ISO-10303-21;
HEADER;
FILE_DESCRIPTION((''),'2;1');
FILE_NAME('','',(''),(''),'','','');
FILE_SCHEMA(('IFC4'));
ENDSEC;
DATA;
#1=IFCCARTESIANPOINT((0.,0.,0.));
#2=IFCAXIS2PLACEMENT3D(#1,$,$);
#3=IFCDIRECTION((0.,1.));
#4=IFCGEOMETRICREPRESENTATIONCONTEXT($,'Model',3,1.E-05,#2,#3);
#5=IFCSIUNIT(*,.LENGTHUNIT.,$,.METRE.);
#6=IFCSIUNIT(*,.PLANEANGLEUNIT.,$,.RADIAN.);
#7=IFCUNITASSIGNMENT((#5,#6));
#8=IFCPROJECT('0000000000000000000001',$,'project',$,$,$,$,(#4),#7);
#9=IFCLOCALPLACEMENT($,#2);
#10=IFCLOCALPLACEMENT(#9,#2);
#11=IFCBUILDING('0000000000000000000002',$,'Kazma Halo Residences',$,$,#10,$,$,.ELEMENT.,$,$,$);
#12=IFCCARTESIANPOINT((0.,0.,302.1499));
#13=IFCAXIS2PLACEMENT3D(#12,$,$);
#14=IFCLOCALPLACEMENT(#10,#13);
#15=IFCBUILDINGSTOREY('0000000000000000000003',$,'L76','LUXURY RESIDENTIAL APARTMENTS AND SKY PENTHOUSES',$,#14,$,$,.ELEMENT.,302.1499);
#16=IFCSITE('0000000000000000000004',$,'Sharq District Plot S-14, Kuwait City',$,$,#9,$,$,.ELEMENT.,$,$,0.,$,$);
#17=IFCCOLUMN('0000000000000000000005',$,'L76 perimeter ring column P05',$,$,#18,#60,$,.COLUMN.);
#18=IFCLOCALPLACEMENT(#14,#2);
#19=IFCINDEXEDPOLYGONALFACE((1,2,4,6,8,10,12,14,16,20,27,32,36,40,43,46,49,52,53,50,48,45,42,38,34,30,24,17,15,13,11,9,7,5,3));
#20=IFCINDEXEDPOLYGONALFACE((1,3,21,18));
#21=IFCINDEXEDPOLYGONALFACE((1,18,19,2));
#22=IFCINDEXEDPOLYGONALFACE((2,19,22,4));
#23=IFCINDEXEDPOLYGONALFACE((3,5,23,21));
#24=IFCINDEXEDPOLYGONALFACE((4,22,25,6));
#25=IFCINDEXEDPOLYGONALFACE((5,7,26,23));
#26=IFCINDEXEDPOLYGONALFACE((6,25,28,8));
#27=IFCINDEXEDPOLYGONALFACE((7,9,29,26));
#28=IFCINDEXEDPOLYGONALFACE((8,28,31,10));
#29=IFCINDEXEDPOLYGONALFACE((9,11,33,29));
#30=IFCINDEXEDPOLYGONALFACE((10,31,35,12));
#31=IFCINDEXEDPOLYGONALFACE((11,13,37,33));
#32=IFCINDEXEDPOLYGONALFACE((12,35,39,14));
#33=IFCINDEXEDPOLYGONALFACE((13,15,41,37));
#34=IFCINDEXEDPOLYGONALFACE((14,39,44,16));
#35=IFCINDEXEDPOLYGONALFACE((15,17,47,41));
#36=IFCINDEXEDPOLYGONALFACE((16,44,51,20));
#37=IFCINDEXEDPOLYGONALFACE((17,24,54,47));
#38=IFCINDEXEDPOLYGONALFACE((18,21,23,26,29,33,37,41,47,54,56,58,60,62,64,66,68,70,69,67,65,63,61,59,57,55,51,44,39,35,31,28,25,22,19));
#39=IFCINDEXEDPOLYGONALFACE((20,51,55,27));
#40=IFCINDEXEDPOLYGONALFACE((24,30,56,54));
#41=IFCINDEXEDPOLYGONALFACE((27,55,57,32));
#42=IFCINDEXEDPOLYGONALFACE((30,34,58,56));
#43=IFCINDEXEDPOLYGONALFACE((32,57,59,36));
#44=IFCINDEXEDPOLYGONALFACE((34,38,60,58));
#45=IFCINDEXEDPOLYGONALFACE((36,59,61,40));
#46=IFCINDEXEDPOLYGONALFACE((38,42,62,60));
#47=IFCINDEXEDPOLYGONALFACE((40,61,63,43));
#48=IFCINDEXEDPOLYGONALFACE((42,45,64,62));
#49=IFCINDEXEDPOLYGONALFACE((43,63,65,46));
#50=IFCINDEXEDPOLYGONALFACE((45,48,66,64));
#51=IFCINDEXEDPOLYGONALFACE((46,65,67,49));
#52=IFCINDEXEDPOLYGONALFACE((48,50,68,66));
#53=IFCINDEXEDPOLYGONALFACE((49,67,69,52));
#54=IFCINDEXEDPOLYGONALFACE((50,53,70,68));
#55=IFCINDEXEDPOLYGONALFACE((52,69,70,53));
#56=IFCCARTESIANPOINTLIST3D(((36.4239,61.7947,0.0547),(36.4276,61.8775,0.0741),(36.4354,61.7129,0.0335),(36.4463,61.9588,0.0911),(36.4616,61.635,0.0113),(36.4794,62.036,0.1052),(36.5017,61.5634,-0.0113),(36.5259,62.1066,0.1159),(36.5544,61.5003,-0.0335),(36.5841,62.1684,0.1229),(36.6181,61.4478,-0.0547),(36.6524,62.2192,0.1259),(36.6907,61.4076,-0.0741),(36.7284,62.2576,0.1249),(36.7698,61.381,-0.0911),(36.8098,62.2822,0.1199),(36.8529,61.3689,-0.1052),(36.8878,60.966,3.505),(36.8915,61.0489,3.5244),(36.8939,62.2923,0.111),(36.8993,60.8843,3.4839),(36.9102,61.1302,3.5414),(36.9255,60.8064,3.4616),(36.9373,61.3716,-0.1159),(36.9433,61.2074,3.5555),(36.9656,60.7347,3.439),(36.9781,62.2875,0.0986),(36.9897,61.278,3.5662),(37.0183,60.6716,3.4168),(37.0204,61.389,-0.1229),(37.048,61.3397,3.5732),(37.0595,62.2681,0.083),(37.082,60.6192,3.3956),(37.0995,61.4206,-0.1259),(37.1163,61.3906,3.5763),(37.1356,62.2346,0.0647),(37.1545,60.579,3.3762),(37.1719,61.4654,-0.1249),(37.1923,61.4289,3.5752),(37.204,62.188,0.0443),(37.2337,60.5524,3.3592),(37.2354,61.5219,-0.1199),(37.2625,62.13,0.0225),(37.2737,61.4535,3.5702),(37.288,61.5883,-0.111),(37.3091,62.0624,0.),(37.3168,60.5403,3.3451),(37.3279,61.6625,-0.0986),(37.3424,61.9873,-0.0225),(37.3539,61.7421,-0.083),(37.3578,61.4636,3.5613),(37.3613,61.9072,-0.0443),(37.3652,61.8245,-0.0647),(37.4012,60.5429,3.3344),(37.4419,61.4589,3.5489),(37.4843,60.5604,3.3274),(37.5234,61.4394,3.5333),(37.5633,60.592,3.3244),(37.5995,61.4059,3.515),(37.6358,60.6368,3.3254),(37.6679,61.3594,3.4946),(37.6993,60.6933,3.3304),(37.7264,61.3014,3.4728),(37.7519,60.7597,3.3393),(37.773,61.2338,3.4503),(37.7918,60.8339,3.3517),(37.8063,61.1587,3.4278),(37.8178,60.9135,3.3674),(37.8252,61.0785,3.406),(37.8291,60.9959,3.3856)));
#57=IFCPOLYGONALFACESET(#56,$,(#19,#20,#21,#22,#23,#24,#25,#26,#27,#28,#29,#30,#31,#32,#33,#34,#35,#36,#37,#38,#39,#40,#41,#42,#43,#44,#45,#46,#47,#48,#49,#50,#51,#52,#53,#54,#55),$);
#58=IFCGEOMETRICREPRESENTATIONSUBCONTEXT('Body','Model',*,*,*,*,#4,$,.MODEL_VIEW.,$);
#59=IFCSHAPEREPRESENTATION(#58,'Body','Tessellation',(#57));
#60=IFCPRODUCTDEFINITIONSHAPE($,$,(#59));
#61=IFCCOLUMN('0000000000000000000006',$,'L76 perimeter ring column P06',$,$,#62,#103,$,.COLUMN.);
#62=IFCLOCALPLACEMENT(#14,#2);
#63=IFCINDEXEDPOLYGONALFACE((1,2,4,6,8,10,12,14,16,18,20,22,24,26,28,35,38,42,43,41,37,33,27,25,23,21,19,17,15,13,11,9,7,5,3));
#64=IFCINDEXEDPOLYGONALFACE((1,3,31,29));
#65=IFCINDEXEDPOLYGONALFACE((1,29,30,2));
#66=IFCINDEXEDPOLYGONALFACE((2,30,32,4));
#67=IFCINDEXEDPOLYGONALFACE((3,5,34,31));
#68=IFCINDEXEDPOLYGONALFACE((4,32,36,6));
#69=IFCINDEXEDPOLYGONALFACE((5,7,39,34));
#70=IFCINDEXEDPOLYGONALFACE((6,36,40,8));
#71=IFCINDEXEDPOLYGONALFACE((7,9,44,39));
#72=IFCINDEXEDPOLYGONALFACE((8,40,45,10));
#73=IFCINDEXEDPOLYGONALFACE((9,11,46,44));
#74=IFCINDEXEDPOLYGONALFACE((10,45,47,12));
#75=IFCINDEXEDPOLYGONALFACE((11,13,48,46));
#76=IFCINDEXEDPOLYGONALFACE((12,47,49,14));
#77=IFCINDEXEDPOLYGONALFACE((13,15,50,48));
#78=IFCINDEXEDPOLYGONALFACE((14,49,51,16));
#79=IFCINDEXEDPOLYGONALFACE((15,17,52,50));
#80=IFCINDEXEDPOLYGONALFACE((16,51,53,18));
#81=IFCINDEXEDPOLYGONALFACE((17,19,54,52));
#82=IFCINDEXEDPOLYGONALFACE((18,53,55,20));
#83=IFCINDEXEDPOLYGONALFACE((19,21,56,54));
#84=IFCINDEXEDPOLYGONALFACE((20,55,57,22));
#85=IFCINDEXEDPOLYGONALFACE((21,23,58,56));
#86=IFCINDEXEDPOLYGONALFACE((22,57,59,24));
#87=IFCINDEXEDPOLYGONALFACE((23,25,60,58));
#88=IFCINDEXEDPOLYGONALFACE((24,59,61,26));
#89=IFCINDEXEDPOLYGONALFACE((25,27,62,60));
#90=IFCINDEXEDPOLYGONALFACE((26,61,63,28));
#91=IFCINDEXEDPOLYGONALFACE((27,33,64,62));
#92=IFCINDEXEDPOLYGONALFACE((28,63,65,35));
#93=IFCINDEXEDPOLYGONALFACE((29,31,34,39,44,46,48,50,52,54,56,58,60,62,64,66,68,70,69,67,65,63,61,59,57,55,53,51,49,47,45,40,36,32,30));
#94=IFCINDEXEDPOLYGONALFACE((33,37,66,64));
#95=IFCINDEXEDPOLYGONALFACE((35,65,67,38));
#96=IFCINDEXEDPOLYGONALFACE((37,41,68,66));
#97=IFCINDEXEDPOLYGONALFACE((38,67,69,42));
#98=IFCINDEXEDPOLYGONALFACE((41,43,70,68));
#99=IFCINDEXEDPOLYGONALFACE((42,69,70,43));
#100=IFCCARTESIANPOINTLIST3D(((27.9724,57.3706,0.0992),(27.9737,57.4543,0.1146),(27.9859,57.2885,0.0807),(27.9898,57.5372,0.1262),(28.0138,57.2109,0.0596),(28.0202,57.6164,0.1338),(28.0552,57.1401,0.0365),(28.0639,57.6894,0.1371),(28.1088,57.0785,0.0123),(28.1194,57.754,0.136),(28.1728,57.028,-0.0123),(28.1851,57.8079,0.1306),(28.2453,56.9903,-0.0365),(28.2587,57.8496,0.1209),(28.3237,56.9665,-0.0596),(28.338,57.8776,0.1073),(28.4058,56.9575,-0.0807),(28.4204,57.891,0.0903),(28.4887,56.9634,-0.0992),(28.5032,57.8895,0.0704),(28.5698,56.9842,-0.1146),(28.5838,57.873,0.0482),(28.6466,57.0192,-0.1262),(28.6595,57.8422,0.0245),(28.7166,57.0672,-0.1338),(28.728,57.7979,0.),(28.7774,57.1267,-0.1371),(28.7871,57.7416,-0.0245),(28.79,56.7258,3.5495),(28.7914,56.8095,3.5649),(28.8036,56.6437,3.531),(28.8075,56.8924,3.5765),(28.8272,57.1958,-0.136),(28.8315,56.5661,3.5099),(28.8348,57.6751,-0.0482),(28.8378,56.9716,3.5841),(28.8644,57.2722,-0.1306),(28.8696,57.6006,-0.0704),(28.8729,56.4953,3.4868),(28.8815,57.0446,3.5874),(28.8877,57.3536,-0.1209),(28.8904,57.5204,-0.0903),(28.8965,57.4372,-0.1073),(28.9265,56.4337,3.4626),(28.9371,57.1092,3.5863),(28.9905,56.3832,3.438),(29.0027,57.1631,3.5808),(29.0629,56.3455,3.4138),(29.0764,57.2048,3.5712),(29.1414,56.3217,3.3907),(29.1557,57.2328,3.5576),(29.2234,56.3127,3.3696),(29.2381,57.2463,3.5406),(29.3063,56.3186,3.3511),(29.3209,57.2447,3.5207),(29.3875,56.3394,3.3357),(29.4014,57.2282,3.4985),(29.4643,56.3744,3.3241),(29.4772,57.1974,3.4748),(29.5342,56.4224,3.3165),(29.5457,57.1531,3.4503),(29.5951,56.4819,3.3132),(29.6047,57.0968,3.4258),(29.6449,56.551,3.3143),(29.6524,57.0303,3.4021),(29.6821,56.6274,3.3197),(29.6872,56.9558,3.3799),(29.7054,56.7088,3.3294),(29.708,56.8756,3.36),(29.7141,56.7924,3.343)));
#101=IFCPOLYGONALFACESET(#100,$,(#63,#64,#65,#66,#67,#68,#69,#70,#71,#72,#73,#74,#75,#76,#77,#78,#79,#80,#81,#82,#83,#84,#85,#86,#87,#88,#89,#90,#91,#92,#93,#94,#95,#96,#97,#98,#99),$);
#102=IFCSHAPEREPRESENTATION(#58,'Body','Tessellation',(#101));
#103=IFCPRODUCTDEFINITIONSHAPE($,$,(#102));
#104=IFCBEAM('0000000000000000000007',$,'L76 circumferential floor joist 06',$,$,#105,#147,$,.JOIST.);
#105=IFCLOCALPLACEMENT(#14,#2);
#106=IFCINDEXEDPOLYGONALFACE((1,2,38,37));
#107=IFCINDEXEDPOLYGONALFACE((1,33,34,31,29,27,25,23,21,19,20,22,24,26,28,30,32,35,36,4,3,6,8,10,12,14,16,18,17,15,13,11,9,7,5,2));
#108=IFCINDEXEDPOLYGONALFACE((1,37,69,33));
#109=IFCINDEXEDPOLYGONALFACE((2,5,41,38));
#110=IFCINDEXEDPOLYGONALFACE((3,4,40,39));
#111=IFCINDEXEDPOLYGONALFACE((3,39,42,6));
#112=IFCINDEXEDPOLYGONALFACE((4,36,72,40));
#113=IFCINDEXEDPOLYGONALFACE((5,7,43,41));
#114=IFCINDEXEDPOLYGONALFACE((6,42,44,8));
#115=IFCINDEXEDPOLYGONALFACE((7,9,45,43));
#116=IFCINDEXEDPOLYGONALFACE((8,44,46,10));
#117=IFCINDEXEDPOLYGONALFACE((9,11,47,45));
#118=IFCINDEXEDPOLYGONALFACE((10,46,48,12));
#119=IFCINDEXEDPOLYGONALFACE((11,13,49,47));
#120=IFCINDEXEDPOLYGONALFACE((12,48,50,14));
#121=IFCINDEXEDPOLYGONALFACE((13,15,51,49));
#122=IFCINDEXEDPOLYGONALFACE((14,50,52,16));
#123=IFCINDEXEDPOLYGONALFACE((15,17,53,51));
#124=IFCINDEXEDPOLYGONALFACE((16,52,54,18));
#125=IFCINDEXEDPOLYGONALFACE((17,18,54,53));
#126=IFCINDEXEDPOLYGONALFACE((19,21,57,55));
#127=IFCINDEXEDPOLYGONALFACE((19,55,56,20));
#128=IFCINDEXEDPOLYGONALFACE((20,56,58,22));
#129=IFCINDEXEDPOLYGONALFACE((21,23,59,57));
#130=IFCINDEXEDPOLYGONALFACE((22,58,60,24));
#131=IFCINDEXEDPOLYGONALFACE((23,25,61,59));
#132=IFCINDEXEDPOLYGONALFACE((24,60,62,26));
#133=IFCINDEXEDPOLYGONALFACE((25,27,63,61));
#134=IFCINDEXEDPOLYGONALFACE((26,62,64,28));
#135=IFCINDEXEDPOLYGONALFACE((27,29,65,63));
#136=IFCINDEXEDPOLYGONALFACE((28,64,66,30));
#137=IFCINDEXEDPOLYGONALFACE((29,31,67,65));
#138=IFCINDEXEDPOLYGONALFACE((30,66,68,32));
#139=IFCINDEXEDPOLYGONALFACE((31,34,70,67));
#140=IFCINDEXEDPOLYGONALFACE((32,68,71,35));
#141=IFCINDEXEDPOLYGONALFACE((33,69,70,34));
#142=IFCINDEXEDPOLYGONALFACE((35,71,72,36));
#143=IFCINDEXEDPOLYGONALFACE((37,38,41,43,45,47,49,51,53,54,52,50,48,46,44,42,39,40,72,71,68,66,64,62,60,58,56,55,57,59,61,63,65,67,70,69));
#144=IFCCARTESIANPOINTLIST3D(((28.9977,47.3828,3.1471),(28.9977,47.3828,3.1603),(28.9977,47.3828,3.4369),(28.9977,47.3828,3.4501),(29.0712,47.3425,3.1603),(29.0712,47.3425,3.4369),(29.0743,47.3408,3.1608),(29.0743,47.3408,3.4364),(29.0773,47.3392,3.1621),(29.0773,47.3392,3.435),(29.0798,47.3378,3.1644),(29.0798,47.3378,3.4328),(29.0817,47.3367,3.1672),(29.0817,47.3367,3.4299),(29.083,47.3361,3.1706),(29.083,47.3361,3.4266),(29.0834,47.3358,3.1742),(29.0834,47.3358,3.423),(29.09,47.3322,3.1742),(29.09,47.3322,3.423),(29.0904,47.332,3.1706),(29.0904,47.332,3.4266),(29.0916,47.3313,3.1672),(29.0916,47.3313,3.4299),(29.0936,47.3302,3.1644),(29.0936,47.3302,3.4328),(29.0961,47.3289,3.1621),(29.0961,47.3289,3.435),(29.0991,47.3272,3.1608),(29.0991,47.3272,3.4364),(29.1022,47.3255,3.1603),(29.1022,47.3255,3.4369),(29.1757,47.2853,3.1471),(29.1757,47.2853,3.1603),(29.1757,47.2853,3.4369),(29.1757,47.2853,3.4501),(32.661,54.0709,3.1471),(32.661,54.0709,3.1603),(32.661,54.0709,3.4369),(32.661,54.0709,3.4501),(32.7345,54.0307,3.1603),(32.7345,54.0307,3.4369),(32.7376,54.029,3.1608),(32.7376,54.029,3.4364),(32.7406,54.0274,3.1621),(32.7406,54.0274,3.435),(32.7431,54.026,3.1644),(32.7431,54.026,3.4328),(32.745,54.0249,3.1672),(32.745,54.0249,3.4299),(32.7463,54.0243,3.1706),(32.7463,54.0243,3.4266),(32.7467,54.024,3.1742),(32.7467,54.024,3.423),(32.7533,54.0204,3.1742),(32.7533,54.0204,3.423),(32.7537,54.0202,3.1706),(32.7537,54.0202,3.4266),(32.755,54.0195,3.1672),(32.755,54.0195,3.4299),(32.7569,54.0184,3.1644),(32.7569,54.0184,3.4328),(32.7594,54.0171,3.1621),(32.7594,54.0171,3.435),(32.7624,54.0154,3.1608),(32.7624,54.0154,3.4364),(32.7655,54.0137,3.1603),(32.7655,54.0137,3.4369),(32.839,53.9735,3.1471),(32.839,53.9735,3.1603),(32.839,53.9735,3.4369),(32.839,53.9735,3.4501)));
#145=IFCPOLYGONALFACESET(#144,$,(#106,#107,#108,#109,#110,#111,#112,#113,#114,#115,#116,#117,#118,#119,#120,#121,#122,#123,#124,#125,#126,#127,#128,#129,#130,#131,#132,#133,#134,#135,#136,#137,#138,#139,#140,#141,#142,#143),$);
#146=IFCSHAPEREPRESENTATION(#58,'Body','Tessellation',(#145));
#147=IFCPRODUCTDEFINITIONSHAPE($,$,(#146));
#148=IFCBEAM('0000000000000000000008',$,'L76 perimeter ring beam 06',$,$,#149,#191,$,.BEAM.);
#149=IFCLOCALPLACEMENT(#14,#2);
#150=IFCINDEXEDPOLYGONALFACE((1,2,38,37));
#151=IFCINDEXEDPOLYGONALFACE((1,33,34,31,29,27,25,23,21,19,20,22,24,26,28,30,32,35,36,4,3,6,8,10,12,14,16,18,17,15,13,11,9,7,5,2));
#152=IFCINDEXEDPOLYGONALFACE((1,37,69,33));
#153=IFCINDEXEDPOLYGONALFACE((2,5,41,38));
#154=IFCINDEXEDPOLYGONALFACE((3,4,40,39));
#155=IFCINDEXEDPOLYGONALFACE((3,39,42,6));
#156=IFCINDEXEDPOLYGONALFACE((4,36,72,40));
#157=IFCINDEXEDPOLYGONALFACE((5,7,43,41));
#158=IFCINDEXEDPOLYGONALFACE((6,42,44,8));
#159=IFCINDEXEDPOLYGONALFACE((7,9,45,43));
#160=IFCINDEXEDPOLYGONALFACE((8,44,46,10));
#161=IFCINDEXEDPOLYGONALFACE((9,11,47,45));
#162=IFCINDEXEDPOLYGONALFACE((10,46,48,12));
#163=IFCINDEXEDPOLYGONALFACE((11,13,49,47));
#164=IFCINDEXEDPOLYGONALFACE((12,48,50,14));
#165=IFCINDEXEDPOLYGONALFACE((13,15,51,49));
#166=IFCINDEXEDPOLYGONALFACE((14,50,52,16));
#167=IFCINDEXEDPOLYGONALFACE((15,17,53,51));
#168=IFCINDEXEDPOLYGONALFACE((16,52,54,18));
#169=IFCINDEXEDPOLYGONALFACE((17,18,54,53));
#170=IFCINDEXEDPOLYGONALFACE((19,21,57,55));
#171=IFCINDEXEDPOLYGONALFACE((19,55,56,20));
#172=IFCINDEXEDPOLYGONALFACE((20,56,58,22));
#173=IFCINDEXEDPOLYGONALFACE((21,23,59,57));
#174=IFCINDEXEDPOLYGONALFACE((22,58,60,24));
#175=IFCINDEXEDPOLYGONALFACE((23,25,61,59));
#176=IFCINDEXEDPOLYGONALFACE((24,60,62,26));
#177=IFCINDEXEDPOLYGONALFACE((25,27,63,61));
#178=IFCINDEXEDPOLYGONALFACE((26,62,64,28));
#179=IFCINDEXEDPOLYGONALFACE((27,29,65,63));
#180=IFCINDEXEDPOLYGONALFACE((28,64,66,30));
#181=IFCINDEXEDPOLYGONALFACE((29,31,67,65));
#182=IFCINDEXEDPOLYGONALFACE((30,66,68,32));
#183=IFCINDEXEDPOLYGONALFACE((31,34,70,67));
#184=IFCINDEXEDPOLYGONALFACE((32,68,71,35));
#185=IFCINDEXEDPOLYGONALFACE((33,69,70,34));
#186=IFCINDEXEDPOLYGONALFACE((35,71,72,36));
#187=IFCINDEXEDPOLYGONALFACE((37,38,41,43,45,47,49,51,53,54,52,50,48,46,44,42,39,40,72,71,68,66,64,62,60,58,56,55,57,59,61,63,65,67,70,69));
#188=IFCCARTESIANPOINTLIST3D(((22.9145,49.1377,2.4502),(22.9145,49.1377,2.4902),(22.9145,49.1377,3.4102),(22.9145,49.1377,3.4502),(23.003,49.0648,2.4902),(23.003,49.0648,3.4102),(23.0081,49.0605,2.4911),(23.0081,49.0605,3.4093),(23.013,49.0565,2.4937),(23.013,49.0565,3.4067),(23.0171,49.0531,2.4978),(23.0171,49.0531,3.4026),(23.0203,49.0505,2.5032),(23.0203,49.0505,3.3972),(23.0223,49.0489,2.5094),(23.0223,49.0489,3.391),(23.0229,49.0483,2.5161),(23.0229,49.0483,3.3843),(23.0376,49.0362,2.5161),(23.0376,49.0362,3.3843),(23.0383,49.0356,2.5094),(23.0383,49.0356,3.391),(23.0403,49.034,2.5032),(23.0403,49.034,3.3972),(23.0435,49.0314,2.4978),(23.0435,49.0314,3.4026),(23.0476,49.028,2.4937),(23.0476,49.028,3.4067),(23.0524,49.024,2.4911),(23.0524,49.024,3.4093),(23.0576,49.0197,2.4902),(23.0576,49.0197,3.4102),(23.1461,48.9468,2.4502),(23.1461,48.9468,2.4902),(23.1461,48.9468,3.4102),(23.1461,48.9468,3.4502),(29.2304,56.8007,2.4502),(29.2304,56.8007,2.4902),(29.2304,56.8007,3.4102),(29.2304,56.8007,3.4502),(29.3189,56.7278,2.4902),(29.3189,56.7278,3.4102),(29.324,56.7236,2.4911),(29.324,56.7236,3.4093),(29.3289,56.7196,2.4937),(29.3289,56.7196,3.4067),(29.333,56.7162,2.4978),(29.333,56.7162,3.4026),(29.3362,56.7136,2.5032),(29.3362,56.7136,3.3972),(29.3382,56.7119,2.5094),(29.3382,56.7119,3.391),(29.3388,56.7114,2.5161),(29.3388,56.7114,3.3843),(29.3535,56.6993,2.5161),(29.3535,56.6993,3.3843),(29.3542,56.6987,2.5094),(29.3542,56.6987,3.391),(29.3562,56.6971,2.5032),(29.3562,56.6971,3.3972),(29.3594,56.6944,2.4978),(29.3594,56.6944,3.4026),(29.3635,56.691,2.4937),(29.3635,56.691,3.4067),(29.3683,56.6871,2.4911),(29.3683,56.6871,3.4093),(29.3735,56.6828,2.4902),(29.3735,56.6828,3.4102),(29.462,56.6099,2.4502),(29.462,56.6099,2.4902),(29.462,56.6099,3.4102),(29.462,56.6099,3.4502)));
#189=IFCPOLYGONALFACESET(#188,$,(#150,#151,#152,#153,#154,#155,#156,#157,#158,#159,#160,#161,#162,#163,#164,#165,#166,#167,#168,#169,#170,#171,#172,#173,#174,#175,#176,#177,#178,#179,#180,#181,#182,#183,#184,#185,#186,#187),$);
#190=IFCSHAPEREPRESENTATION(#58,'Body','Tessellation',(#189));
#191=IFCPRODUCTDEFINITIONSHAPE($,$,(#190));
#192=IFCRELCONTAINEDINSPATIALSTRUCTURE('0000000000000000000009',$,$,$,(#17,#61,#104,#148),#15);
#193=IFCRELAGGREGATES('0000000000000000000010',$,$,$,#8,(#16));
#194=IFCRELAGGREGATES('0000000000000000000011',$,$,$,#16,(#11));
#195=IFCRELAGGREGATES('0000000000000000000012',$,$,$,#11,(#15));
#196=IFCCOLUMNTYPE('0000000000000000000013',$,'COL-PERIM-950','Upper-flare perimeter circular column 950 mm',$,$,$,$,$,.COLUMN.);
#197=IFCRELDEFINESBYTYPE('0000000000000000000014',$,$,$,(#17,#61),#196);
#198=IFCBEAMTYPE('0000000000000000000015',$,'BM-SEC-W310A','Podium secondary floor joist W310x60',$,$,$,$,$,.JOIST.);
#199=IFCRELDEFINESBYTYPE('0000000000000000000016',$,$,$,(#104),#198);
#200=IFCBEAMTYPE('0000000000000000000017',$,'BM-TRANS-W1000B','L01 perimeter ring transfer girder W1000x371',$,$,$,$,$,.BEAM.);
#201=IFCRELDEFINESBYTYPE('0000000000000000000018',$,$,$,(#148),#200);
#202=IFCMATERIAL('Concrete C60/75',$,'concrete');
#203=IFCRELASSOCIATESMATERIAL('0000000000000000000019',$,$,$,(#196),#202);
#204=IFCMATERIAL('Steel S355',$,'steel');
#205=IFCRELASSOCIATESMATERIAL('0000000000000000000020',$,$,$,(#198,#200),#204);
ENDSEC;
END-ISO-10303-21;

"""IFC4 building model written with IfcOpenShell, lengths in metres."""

from ifc_helpers import new_model, si_unit, direction, frame, origin, origin_2d, place, context, subcontext, project, spatial, circle, i_section, extrude, material, material_profile, profile_set, type_object, element, save


model = new_model("IFC4")

# Units and contexts
model_context = context("Model", 3, precision=1e-05, world=origin(), true_north=direction((0.0, 1.0)))
body_context = subcontext(model_context, "Body", "Model", "MODEL_VIEW")
ifc_project = project(units=[si_unit("LENGTHUNIT", "METRE"), si_unit("PLANEANGLEUNIT", "RADIAN")], contexts=[model_context])

# Site, building, storey
site_placement = place(None, origin())
site = spatial("IfcSite", under=ifc_project, at=site_placement, Name="Sharq District Plot S-14, Kuwait City", CompositionType="ELEMENT", RefElevation=0.0)
building_placement = place(site_placement, origin())
building = spatial("IfcBuilding", under=site, at=building_placement, Name="Kazma Halo Residences", CompositionType="ELEMENT")
storey_placement = place(building_placement, frame((0.0, 0.0, 302.1499)))
storey = spatial("IfcBuildingStorey", under=building, at=storey_placement, Name="L76", Description="LUXURY RESIDENTIAL APARTMENTS AND SKY PENTHOUSES", CompositionType="ELEMENT", Elevation=302.1499)

# Columns
ifc_material_1 = material(Name="Concrete C60/75", Category="concrete")
ifc_material_profile_1 = material_profile(ifc_material_1, circle(Radius=0.4751, at=origin_2d()), Name="CIRC950")
ifc_profile_set_1 = profile_set([ifc_material_profile_1], Name="Concrete C60/75")
column_type = type_object("IfcColumnType", Name="COL-PERIM-950", Description="Upper-flare perimeter circular column 950 mm", PredefinedType="COLUMN", material=ifc_profile_set_1)
column_1_placement = place(storey_placement, frame((36.8945, 61.8303, 0.0), z_axis=(0.129626, -0.231554, 0.964147), x_axis=(0.872576, 0.488478, 0.0)))
element("IfcColumn", 1, at=column_1_placement, inside=storey, type_object=column_type, Name="L76 perimeter ring column P05", PredefinedType="COLUMN", context=body_context, shape_type="SweptSolid", body=[
    extrude(circle(Radius=0.4751, at=origin_2d()), origin(), (0.0, 0.0, 1.0), 3.5786),
])
column_2_placement = place(storey_placement, frame((28.4338, 57.4248, 0.0), z_axis=(0.226873, -0.17891, 0.95735), x_axis=(0.619218, 0.785219, 0.0)))
element("IfcColumn", 2, at=column_2_placement, inside=storey, type_object=column_type, Name="L76 perimeter ring column P06", PredefinedType="COLUMN", context=body_context, shape_type="SweptSolid", body=[
    extrude(circle(Radius=0.4751, at=origin_2d()), origin(), (0.0, 0.0, 1.0), 3.604),
])

# Beams
ifc_material_2 = material(Name="Steel S355", Category="steel")
ifc_material_profile_2 = material_profile(ifc_material_2, i_section(OverallWidth=0.2029, OverallDepth=0.303, WebThickness=0.0076, FlangeThickness=0.0132, FilletRadius=0.0139, at=origin_2d()), Name="W310x60")
ifc_profile_set_2 = profile_set([ifc_material_profile_2], Name="Steel S355")
beam_type_1 = type_object("IfcBeamType", Name="BM-SEC-W310A", Description="Podium secondary floor joist W310x60", PredefinedType="JOIST", material=ifc_profile_set_2)
beam_1_placement = place(storey_placement, frame((32.75, 54.0222, 3.2986), z_axis=(-0.480388, -0.877056, 0.0), x_axis=(0.877056, -0.480388, 0.0)))
element("IfcBeam", 3, at=beam_1_placement, inside=storey, type_object=beam_type_1, Name="L76 circumferential floor joist 06", PredefinedType="JOIST", context=body_context, shape_type="SweptSolid", body=[
    extrude(i_section(OverallWidth=0.2029, OverallDepth=0.303, WebThickness=0.0076, FlangeThickness=0.0132, FilletRadius=0.0139, at=origin_2d()), origin(), (0.0, 0.0, 1.0), 7.6257),
])
ifc_material_profile_3 = material_profile(ifc_material_2, i_section(OverallWidth=0.3, OverallDepth=1.0, WebThickness=0.019, FlangeThickness=0.04, FilletRadius=0.0259, at=origin_2d()), Name="W1000x371")
ifc_profile_set_3 = profile_set([ifc_material_profile_3], Name="Steel S355")
beam_type_2 = type_object("IfcBeamType", Name="BM-TRANS-W1000B", Description="L01 perimeter ring transfer girder W1000x371", PredefinedType="BEAM", material=ifc_profile_set_3)
beam_2_placement = place(storey_placement, frame((29.3462, 56.7053, 2.9502), z_axis=(-0.636016, -0.771676, 0.0), x_axis=(0.771676, -0.636016, 0.0)))
element("IfcBeam", 4, at=beam_2_placement, inside=storey, type_object=beam_type_2, Name="L76 perimeter ring beam 06", PredefinedType="BEAM", context=body_context, shape_type="SweptSolid", body=[
    extrude(i_section(OverallWidth=0.3, OverallDepth=1.0, WebThickness=0.019, FlangeThickness=0.04, FilletRadius=0.0259, at=origin_2d()), origin(), (0.0, 0.0, 1.0), 9.9304),
])

save(model, "model.ifc")
